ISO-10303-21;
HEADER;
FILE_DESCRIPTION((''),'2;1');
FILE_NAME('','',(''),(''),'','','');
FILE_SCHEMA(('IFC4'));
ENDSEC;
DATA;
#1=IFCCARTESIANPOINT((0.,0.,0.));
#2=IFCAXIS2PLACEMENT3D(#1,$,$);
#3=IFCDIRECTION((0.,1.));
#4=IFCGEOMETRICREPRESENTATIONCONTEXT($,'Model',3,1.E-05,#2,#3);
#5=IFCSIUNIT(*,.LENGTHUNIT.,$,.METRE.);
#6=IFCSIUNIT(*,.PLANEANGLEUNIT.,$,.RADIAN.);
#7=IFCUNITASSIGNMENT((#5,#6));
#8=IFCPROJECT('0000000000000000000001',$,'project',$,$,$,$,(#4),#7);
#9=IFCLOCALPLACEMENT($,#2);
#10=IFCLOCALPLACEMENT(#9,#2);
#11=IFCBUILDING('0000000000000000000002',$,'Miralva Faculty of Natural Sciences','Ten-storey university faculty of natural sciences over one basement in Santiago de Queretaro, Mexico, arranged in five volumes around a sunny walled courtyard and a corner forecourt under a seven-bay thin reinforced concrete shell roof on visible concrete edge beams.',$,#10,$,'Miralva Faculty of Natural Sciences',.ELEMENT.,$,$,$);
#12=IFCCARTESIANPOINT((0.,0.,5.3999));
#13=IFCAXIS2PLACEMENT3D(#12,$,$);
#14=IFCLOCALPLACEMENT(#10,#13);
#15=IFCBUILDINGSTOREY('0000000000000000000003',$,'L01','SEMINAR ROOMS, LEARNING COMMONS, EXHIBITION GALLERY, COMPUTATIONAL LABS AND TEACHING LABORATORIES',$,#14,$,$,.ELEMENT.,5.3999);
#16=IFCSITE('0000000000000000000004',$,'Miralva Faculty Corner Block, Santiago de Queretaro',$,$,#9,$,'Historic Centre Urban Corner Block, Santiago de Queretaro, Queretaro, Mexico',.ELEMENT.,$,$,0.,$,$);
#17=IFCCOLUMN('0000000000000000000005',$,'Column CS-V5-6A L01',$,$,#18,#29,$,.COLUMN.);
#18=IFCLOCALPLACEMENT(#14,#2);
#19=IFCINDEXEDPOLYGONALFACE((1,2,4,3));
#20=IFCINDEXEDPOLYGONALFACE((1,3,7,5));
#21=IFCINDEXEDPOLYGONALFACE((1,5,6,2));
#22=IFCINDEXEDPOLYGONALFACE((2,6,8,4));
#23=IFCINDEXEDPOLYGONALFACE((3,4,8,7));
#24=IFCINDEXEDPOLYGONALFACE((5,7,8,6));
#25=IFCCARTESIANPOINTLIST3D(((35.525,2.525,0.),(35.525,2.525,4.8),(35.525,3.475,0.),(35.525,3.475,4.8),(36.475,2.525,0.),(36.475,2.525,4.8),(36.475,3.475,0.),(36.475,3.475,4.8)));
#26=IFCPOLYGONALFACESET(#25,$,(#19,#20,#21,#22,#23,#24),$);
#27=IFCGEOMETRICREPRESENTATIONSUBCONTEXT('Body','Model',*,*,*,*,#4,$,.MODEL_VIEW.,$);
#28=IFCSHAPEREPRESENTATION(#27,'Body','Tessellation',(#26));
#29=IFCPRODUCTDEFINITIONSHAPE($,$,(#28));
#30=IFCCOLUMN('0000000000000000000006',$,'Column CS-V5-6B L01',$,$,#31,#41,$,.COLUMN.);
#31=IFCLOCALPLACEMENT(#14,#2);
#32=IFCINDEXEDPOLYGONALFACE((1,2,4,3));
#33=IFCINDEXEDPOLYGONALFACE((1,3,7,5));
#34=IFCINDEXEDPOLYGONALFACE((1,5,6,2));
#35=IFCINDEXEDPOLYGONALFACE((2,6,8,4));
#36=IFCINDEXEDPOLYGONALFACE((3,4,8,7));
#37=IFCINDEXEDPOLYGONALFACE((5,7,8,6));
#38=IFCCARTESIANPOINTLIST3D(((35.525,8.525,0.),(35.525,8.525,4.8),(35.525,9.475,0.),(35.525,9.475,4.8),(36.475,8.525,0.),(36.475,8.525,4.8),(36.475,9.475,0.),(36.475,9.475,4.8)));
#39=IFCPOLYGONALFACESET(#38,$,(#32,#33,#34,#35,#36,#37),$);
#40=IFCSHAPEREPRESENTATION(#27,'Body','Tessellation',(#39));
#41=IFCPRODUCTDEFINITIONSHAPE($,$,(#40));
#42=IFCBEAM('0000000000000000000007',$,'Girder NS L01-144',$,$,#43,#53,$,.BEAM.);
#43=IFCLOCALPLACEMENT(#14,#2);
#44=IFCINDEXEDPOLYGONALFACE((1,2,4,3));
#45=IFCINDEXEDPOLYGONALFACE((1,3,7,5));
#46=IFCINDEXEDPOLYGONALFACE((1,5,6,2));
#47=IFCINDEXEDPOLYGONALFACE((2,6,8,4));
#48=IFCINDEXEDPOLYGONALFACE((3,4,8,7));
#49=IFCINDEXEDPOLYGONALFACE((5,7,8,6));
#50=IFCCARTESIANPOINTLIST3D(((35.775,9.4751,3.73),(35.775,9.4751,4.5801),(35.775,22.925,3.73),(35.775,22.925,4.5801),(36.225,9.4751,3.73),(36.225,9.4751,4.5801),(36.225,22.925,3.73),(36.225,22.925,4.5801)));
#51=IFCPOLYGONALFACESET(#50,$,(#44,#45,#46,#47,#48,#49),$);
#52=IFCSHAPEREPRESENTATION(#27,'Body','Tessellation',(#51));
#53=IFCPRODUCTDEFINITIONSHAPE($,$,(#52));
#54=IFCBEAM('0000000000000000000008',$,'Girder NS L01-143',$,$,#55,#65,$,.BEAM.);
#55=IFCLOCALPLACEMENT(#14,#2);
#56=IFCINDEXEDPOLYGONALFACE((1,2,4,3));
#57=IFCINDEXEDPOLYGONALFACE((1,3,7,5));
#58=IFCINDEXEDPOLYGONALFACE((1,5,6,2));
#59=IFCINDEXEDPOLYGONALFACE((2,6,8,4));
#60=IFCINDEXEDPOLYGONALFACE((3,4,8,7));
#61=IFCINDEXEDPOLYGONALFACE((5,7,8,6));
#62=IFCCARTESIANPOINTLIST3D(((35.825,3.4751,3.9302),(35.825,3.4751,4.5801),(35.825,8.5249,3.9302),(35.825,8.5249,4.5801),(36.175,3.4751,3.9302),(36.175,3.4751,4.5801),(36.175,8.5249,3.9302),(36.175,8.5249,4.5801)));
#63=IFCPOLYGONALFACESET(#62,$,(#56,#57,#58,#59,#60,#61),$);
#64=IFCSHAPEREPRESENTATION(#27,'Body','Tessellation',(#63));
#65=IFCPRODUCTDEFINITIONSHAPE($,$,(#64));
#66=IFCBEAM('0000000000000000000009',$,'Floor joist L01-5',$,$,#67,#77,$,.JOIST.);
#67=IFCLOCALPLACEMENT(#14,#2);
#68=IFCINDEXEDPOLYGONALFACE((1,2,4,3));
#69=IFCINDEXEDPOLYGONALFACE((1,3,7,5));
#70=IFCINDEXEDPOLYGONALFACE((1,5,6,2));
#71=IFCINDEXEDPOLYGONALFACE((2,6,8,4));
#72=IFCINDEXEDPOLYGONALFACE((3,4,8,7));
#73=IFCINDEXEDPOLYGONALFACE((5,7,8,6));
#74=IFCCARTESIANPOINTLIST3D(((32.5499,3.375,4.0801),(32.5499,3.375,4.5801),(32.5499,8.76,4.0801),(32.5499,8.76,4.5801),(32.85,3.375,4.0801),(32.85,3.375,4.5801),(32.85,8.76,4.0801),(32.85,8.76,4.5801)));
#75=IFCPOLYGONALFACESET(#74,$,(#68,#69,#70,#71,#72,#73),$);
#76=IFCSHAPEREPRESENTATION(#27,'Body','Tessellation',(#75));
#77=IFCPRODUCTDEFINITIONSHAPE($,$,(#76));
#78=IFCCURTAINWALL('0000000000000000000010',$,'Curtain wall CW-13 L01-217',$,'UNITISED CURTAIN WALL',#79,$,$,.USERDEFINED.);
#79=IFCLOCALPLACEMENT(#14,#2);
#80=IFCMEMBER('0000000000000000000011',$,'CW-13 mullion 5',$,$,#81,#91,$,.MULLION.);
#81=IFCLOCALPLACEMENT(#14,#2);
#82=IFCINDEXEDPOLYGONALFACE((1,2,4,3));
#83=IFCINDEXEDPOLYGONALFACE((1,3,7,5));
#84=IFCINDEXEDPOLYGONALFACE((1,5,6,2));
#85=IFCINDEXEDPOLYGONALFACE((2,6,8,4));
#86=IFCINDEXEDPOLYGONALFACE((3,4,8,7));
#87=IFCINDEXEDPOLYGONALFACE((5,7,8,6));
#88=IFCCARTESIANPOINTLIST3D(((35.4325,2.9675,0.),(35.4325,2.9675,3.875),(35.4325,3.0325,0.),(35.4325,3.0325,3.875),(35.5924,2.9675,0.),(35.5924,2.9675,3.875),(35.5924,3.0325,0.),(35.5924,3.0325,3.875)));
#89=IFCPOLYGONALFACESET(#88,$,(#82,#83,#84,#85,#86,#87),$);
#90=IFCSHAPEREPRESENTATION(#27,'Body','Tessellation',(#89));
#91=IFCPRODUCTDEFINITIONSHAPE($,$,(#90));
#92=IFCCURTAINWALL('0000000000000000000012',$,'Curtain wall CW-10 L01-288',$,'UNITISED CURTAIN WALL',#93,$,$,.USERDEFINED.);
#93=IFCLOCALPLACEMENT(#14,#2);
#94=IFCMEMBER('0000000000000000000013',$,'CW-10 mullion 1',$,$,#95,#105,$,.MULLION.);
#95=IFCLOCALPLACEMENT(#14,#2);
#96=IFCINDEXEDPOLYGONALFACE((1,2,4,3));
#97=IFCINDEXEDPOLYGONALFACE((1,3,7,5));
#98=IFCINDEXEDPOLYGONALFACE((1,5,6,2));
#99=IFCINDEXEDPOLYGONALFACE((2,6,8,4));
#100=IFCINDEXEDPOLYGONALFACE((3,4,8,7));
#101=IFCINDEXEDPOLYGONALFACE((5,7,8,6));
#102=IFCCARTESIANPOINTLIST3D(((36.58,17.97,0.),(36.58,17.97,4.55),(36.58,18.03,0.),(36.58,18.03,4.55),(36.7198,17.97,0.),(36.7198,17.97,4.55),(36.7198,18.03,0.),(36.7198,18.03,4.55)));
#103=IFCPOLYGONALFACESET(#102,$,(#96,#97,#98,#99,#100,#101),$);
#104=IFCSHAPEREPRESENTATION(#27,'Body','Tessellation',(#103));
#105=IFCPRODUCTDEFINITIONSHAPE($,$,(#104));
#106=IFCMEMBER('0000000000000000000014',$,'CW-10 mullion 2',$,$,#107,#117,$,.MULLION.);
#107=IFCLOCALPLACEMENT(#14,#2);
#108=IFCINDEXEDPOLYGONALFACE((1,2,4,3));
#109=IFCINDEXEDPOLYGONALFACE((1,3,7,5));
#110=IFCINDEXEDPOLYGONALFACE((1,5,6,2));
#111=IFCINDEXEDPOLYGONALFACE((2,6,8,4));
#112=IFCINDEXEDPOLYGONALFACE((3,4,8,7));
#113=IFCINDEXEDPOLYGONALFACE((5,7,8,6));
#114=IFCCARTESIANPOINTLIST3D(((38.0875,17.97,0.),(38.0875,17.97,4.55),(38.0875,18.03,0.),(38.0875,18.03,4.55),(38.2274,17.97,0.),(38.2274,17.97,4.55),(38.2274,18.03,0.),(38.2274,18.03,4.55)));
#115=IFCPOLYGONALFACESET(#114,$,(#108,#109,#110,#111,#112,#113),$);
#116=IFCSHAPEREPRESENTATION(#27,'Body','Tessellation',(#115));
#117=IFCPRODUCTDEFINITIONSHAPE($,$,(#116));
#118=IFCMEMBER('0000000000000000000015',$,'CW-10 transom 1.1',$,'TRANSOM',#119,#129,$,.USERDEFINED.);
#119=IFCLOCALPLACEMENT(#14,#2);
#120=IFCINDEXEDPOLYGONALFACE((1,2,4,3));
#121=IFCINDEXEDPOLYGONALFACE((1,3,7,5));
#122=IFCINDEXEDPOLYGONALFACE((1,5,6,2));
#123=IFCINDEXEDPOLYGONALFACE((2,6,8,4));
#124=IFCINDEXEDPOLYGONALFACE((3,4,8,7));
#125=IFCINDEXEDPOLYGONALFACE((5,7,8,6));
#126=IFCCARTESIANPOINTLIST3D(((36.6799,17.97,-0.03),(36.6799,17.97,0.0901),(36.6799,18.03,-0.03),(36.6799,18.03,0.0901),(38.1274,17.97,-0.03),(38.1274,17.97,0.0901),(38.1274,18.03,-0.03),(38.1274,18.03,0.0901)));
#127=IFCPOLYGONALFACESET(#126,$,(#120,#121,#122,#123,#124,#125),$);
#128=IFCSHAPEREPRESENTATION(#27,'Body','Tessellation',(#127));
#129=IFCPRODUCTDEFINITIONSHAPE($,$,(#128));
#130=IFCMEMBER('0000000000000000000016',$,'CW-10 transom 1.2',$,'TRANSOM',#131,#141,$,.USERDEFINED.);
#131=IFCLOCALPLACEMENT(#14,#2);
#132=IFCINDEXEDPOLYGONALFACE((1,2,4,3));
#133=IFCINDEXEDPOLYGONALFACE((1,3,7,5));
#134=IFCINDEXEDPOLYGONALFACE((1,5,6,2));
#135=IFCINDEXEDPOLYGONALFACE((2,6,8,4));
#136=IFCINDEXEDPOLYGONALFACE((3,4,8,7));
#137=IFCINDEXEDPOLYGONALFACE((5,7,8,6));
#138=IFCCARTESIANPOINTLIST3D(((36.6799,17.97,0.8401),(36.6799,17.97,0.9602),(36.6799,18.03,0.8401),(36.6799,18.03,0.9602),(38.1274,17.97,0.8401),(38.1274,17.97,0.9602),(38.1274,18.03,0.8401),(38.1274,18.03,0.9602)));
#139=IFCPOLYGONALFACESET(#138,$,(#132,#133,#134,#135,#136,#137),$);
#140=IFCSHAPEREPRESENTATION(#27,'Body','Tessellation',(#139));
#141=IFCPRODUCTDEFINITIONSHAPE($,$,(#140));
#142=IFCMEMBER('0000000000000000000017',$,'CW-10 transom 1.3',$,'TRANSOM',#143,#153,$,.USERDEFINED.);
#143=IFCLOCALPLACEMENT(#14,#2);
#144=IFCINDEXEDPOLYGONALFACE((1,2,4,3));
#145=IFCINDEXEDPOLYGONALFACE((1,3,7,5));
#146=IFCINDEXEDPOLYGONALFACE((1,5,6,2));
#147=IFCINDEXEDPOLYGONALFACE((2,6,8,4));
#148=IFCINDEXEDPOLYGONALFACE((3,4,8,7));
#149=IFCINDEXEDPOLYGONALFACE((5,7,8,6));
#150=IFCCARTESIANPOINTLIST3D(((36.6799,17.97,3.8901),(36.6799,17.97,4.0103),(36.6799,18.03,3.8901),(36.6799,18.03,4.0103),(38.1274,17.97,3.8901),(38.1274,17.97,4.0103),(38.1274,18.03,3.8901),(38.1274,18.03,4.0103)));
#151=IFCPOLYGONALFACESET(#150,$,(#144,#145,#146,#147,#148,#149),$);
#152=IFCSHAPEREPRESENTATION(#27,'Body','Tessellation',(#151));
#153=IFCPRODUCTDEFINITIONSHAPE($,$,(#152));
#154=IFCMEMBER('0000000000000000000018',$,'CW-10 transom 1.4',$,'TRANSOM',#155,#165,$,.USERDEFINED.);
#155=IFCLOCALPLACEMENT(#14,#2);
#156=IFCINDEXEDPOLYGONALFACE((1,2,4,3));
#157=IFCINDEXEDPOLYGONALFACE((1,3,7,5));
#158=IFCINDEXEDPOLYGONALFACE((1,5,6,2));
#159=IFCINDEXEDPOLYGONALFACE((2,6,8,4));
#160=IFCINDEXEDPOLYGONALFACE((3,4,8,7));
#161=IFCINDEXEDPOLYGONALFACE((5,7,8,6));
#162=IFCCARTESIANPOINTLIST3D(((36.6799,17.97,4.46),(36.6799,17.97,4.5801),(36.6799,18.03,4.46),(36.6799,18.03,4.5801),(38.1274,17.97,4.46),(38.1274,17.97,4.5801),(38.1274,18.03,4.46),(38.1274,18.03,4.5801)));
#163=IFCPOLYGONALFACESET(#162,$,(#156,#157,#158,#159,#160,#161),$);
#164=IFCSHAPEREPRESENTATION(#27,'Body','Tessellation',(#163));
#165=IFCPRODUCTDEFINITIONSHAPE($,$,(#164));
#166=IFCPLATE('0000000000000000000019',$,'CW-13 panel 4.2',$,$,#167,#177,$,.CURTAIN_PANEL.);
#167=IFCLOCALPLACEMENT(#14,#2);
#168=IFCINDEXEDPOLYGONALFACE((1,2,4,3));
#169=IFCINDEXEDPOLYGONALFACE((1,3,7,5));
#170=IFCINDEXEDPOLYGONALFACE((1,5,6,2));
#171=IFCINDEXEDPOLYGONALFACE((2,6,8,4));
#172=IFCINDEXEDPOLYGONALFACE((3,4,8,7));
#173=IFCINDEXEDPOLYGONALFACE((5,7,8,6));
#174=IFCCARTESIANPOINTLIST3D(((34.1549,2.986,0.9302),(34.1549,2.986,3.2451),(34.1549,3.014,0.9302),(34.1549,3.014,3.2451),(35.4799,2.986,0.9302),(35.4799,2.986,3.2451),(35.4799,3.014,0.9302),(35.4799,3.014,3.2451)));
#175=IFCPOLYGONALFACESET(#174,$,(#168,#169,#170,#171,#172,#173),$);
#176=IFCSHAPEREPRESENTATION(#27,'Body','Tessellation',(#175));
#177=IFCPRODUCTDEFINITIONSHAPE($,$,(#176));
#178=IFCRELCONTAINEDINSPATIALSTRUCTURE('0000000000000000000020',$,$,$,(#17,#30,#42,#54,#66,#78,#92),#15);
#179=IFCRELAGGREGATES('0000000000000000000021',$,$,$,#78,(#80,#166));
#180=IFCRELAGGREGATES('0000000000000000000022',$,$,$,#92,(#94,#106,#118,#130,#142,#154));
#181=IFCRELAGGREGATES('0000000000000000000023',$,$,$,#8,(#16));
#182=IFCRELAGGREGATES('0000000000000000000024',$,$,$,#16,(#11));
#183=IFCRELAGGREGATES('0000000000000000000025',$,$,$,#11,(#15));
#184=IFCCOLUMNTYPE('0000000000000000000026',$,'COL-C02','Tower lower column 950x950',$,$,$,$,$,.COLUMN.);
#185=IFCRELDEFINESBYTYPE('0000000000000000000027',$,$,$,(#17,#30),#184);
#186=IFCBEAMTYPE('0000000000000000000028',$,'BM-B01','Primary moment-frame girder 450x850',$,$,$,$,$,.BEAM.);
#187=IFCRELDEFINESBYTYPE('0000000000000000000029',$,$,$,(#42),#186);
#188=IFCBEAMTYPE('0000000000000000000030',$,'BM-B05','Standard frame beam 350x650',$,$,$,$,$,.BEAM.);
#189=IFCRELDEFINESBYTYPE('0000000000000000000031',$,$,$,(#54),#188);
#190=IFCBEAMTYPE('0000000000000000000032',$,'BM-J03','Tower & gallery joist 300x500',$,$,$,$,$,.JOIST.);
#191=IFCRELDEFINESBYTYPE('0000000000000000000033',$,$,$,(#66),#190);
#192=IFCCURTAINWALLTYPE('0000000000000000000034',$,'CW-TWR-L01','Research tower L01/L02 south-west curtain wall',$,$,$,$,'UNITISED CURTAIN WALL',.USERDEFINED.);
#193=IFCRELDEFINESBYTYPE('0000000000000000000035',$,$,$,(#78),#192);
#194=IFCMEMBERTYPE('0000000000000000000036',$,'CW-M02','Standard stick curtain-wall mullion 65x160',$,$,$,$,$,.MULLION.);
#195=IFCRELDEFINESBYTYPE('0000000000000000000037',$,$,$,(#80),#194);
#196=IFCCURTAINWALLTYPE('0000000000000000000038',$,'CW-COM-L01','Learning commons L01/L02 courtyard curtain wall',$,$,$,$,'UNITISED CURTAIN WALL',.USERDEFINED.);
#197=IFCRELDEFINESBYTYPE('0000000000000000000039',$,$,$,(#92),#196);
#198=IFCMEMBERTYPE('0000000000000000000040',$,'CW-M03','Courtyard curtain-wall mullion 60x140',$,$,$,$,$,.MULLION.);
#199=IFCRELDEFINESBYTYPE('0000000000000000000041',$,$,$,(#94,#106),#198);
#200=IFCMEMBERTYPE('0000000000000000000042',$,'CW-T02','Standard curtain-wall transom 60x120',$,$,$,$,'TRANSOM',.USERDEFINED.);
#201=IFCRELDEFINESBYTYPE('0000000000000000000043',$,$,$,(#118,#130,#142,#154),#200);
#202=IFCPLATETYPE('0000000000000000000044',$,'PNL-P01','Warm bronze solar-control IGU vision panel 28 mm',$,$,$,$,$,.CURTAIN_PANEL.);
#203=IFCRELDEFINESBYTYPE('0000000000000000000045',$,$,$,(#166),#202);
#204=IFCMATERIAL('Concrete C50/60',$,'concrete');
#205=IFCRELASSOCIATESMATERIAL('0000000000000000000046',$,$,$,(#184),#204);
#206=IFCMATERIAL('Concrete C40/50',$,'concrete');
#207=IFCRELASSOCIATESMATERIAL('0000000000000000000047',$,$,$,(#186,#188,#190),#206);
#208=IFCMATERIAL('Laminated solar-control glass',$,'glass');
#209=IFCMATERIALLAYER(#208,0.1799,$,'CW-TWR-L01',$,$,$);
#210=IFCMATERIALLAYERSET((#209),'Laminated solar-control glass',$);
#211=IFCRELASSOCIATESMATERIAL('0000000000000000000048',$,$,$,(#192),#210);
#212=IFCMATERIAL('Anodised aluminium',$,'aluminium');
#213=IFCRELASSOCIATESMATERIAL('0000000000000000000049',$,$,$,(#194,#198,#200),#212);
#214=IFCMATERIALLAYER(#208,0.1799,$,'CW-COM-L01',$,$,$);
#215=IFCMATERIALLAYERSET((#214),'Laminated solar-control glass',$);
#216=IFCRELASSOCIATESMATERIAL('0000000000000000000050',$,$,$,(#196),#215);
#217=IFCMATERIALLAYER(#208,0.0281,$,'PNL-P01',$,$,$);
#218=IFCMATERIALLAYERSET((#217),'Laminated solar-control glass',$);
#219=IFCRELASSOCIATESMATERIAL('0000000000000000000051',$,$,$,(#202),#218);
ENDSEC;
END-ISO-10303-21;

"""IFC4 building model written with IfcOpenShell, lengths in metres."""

from ifc_helpers import new_model, si_unit, direction, frame, origin, origin_2d, place, context, subcontext, project, spatial, rectangle, extrude, material, layer, layer_set, material_profile, profile_set, type_object, element, aggregate, save


model = new_model("IFC4")

# Units and contexts
model_context = context("Model", 3, precision=1e-05, world=origin(), true_north=direction((0.0, 1.0)))
body_context = subcontext(model_context, "Body", "Model", "MODEL_VIEW")
ifc_project = project(units=[si_unit("LENGTHUNIT", "METRE"), si_unit("PLANEANGLEUNIT", "RADIAN")], contexts=[model_context])

# Site, building, storey
site_placement = place(None, origin())
site = spatial("IfcSite", under=ifc_project, at=site_placement, Name="Miralva Faculty Corner Block, Santiago de Queretaro", LongName="Historic Centre Urban Corner Block, Santiago de Queretaro, Queretaro, Mexico", CompositionType="ELEMENT", RefElevation=0.0)
building_placement = place(site_placement, origin())
building = spatial("IfcBuilding", under=site, at=building_placement, Name="Miralva Faculty of Natural Sciences", Description="Ten-storey university faculty of natural sciences over one basement in Santiago de Queretaro, Mexico, arranged in five volumes around a sunny walled courtyard and a corner forecourt under a seven-bay thin reinforced concrete shell roof on visible concrete edge beams.", LongName="Miralva Faculty of Natural Sciences", CompositionType="ELEMENT")
storey_placement = place(building_placement, frame((0.0, 0.0, 5.3999)))
storey = spatial("IfcBuildingStorey", under=building, at=storey_placement, Name="L01", Description="SEMINAR ROOMS, LEARNING COMMONS, EXHIBITION GALLERY, COMPUTATIONAL LABS AND TEACHING LABORATORIES", CompositionType="ELEMENT", Elevation=5.3999)

# Columns
ifc_material_1 = material(Name="Concrete C50/60", Category="concrete")
ifc_material_profile_1 = material_profile(ifc_material_1, rectangle(XDim=0.95, YDim=0.95, at=origin_2d()), Name="RC 950x950")
ifc_profile_set_1 = profile_set([ifc_material_profile_1], Name="Concrete C50/60")
column_type = type_object("IfcColumnType", Name="COL-C02", Description="Tower lower column 950x950", PredefinedType="COLUMN", material=ifc_profile_set_1)
for number, where, z_axis, x_axis, name in (
    (1, (36.0, 3.0, 0.0), (0.0, 0.0, 1.0), (1.0, 0.0, 0.0), "Column CS-V5-6A L01"),
    (2, (36.0, 9.0, 0.0), (0.0, 0.0, 1.0), (1.0, 0.0, 0.0), "Column CS-V5-6B L01"),
):
    element("IfcColumn", number, at=place(storey_placement, frame(where, z_axis=z_axis, x_axis=x_axis)), inside=storey, type_object=column_type, Name=name, PredefinedType="COLUMN", context=body_context, shape_type="SweptSolid", body=[
        extrude(rectangle(XDim=0.95, YDim=0.95, at=origin_2d()), origin(), (0.0, 0.0, 1.0), 4.8),
    ])

# Beams
ifc_material_2 = material(Name="Concrete C40/50", Category="concrete")
ifc_material_profile_2 = material_profile(ifc_material_2, rectangle(XDim=0.45, YDim=0.8501, at=origin_2d()), Name="RC 450x850")
ifc_profile_set_2 = profile_set([ifc_material_profile_2], Name="Concrete C40/50")
beam_type_1 = type_object("IfcBeamType", Name="BM-B01", Description="Primary moment-frame girder 450x850", PredefinedType="BEAM", material=ifc_profile_set_2)
beam_1_placement = place(storey_placement, frame((36.0, 9.4751, 4.155), z_axis=(0.0, 1.0, 0.0), x_axis=(-1.0, 0.0, 0.0)))
element("IfcBeam", 3, at=beam_1_placement, inside=storey, type_object=beam_type_1, Name="Girder NS L01-144", PredefinedType="BEAM", context=body_context, shape_type="SweptSolid", body=[
    extrude(rectangle(XDim=0.45, YDim=0.8501, at=origin_2d()), origin(), (0.0, 0.0, 1.0), 13.45),
])
ifc_material_profile_3 = material_profile(ifc_material_2, rectangle(XDim=0.3501, YDim=0.6499, at=origin_2d()), Name="RC 350x650")
ifc_profile_set_3 = profile_set([ifc_material_profile_3], Name="Concrete C40/50")
beam_type_2 = type_object("IfcBeamType", Name="BM-B05", Description="Standard frame beam 350x650", PredefinedType="BEAM", material=ifc_profile_set_3)
beam_2_placement = place(storey_placement, frame((36.0, 3.4751, 4.2551), z_axis=(0.0, 1.0, 0.0), x_axis=(-1.0, 0.0, 0.0)))
element("IfcBeam", 4, at=beam_2_placement, inside=storey, type_object=beam_type_2, Name="Girder NS L01-143", PredefinedType="BEAM", context=body_context, shape_type="SweptSolid", body=[
    extrude(rectangle(XDim=0.3501, YDim=0.6499, at=origin_2d()), origin(), (0.0, 0.0, 1.0), 5.0498),
])
ifc_material_profile_4 = material_profile(ifc_material_2, rectangle(XDim=0.3, YDim=0.5, at=origin_2d()), Name="RC 300x500")
ifc_profile_set_4 = profile_set([ifc_material_profile_4], Name="Concrete C40/50")
beam_type_3 = type_object("IfcBeamType", Name="BM-J03", Description="Tower & gallery joist 300x500", PredefinedType="JOIST", material=ifc_profile_set_4)
beam_3_placement = place(storey_placement, frame((32.7, 3.375, 4.3301), z_axis=(0.0, 1.0, 0.0), x_axis=(-1.0, 0.0, 0.0)))
element("IfcBeam", 5, at=beam_3_placement, inside=storey, type_object=beam_type_3, Name="Floor joist L01-5", PredefinedType="JOIST", context=body_context, shape_type="SweptSolid", body=[
    extrude(rectangle(XDim=0.3, YDim=0.5, at=origin_2d()), origin(), (0.0, 0.0, 1.0), 5.385),
])

# Curtain wall, member
ifc_material_3 = material(Name="Laminated solar-control glass", Category="glass")
ifc_layer_1 = layer(ifc_material_3, 0.1799, Name="CW-TWR-L01")
ifc_layer_set_1 = layer_set([ifc_layer_1], Name="Laminated solar-control glass")
curtain_wall_type_1 = type_object("IfcCurtainWallType", Name="CW-TWR-L01", Description="Research tower L01/L02 south-west curtain wall", ElementType="UNITISED CURTAIN WALL", PredefinedType="USERDEFINED", material=ifc_layer_set_1)
curtain_wall_1_placement = place(storey_placement, origin())
curtain_wall_1 = element("IfcCurtainWall", 6, at=curtain_wall_1_placement, inside=storey, type_object=curtain_wall_type_1, Name="Curtain wall CW-13 L01-217", ObjectType="UNITISED CURTAIN WALL", PredefinedType="USERDEFINED")
ifc_material_4 = material(Name="Anodised aluminium", Category="aluminium")
ifc_material_profile_5 = material_profile(ifc_material_4, rectangle(XDim=0.0649, YDim=0.1599, at=origin_2d()), Name="MULLION 65x160")
ifc_profile_set_5 = profile_set([ifc_material_profile_5], Name="Anodised aluminium")
member_type_1 = type_object("IfcMemberType", Name="CW-M02", Description="Standard stick curtain-wall mullion 65x160", PredefinedType="MULLION", material=ifc_profile_set_5)
member_1_placement = place(storey_placement, frame((35.5125, 3.0, 0.0), z_axis=(0.0, 0.0, 1.0), x_axis=(0.0, 1.0, 0.0)))
member_1 = element("IfcMember", 7, at=member_1_placement, type_object=member_type_1, Name="CW-13 mullion 5", PredefinedType="MULLION", context=body_context, shape_type="SweptSolid", body=[
    extrude(rectangle(XDim=0.0649, YDim=0.1599, at=origin_2d()), origin(), (0.0, 0.0, 1.0), 3.875),
])

# Curtain wall, members
ifc_layer_2 = layer(ifc_material_3, 0.1799, Name="CW-COM-L01")
ifc_layer_set_2 = layer_set([ifc_layer_2], Name="Laminated solar-control glass")
curtain_wall_type_2 = type_object("IfcCurtainWallType", Name="CW-COM-L01", Description="Learning commons L01/L02 courtyard curtain wall", ElementType="UNITISED CURTAIN WALL", PredefinedType="USERDEFINED", material=ifc_layer_set_2)
curtain_wall_2_placement = place(storey_placement, origin())
curtain_wall_2 = element("IfcCurtainWall", 8, at=curtain_wall_2_placement, inside=storey, type_object=curtain_wall_type_2, Name="Curtain wall CW-10 L01-288", ObjectType="UNITISED CURTAIN WALL", PredefinedType="USERDEFINED")
ifc_material_profile_6 = material_profile(ifc_material_4, rectangle(XDim=0.0601, YDim=0.1399, at=origin_2d()), Name="MULLION 60x140")
ifc_profile_set_6 = profile_set([ifc_material_profile_6], Name="Anodised aluminium")
member_type_2 = type_object("IfcMemberType", Name="CW-M03", Description="Courtyard curtain-wall mullion 60x140", PredefinedType="MULLION", material=ifc_profile_set_6)
member_2_placement = place(storey_placement, frame((36.6499, 18.0, 0.0), z_axis=(0.0, 0.0, 1.0), x_axis=(0.0, 1.0, 0.0)))
member_2 = element("IfcMember", 9, at=member_2_placement, type_object=member_type_2, Name="CW-10 mullion 1", PredefinedType="MULLION", context=body_context, shape_type="SweptSolid", body=[
    extrude(rectangle(XDim=0.0601, YDim=0.1399, at=origin_2d()), origin(), (0.0, 0.0, 1.0), 4.55),
])
member_3_placement = place(storey_placement, frame((38.1575, 18.0, 0.0), z_axis=(0.0, 0.0, 1.0), x_axis=(0.0, 1.0, 0.0)))
member_3 = element("IfcMember", 10, at=member_3_placement, type_object=member_type_2, Name="CW-10 mullion 2", PredefinedType="MULLION", context=body_context, shape_type="SweptSolid", body=[
    extrude(rectangle(XDim=0.0601, YDim=0.1399, at=origin_2d()), origin(), (0.0, 0.0, 1.0), 4.55),
])
ifc_material_profile_7 = material_profile(ifc_material_4, rectangle(XDim=0.0601, YDim=0.1201, at=origin_2d()), Name="TRANSOM 60x120")
ifc_profile_set_7 = profile_set([ifc_material_profile_7], Name="Anodised aluminium")
member_type_3 = type_object("IfcMemberType", Name="CW-T02", Description="Standard curtain-wall transom 60x120", ElementType="TRANSOM", PredefinedType="USERDEFINED", material=ifc_profile_set_7)
member_4_placement = place(storey_placement, frame((36.6799, 18.0, 0.03), z_axis=(1.0, 0.0, 0.0), x_axis=(0.0, 1.0, 0.0)))
member_4 = element("IfcMember", 11, at=member_4_placement, type_object=member_type_3, Name="CW-10 transom 1.1", ObjectType="TRANSOM", PredefinedType="USERDEFINED", context=body_context, shape_type="SweptSolid", body=[
    extrude(rectangle(XDim=0.0601, YDim=0.1201, at=origin_2d()), origin(), (0.0, 0.0, 1.0), 1.4475),
])
member_5_placement = place(storey_placement, frame((36.6799, 18.0, 0.9001), z_axis=(1.0, 0.0, 0.0), x_axis=(0.0, 1.0, 0.0)))
member_5 = element("IfcMember", 12, at=member_5_placement, type_object=member_type_3, Name="CW-10 transom 1.2", ObjectType="TRANSOM", PredefinedType="USERDEFINED", context=body_context, shape_type="SweptSolid", body=[
    extrude(rectangle(XDim=0.0601, YDim=0.1201, at=origin_2d()), origin(), (0.0, 0.0, 1.0), 1.4475),
])
member_6_placement = place(storey_placement, frame((36.6799, 18.0, 3.9502), z_axis=(1.0, 0.0, 0.0), x_axis=(0.0, 1.0, 0.0)))
member_6 = element("IfcMember", 13, at=member_6_placement, type_object=member_type_3, Name="CW-10 transom 1.3", ObjectType="TRANSOM", PredefinedType="USERDEFINED", context=body_context, shape_type="SweptSolid", body=[
    extrude(rectangle(XDim=0.0601, YDim=0.1201, at=origin_2d()), origin(), (0.0, 0.0, 1.0), 1.4475),
])
member_7_placement = place(storey_placement, frame((36.6799, 18.0, 4.52), z_axis=(1.0, 0.0, 0.0), x_axis=(0.0, 1.0, 0.0)))
member_7 = element("IfcMember", 14, at=member_7_placement, type_object=member_type_3, Name="CW-10 transom 1.4", ObjectType="TRANSOM", PredefinedType="USERDEFINED", context=body_context, shape_type="SweptSolid", body=[
    extrude(rectangle(XDim=0.0601, YDim=0.1201, at=origin_2d()), origin(), (0.0, 0.0, 1.0), 1.4475),
])

# Plate
ifc_layer_3 = layer(ifc_material_3, 0.0281, Name="PNL-P01")
ifc_layer_set_3 = layer_set([ifc_layer_3], Name="Laminated solar-control glass")
plate_type = type_object("IfcPlateType", Name="PNL-P01", Description="Warm bronze solar-control IGU vision panel 28 mm", PredefinedType="CURTAIN_PANEL", material=ifc_layer_set_3)
plate_1_placement = place(storey_placement, frame((34.8174, 3.0, 0.9302), z_axis=(0.0, 0.0, 1.0), x_axis=(1.0, 0.0, 0.0)))
plate_1 = element("IfcPlate", 15, at=plate_1_placement, type_object=plate_type, Name="CW-13 panel 4.2", PredefinedType="CURTAIN_PANEL", context=body_context, shape_type="SweptSolid", body=[
    extrude(rectangle(XDim=1.325, YDim=0.0281, at=origin_2d()), origin(), (0.0, 0.0, 1.0), 2.3149),
])
aggregate(curtain_wall_1, [member_1, plate_1])
aggregate(curtain_wall_2, [member_2, member_3, member_4, member_5, member_6, member_7])

save(model, "model.ifc")
